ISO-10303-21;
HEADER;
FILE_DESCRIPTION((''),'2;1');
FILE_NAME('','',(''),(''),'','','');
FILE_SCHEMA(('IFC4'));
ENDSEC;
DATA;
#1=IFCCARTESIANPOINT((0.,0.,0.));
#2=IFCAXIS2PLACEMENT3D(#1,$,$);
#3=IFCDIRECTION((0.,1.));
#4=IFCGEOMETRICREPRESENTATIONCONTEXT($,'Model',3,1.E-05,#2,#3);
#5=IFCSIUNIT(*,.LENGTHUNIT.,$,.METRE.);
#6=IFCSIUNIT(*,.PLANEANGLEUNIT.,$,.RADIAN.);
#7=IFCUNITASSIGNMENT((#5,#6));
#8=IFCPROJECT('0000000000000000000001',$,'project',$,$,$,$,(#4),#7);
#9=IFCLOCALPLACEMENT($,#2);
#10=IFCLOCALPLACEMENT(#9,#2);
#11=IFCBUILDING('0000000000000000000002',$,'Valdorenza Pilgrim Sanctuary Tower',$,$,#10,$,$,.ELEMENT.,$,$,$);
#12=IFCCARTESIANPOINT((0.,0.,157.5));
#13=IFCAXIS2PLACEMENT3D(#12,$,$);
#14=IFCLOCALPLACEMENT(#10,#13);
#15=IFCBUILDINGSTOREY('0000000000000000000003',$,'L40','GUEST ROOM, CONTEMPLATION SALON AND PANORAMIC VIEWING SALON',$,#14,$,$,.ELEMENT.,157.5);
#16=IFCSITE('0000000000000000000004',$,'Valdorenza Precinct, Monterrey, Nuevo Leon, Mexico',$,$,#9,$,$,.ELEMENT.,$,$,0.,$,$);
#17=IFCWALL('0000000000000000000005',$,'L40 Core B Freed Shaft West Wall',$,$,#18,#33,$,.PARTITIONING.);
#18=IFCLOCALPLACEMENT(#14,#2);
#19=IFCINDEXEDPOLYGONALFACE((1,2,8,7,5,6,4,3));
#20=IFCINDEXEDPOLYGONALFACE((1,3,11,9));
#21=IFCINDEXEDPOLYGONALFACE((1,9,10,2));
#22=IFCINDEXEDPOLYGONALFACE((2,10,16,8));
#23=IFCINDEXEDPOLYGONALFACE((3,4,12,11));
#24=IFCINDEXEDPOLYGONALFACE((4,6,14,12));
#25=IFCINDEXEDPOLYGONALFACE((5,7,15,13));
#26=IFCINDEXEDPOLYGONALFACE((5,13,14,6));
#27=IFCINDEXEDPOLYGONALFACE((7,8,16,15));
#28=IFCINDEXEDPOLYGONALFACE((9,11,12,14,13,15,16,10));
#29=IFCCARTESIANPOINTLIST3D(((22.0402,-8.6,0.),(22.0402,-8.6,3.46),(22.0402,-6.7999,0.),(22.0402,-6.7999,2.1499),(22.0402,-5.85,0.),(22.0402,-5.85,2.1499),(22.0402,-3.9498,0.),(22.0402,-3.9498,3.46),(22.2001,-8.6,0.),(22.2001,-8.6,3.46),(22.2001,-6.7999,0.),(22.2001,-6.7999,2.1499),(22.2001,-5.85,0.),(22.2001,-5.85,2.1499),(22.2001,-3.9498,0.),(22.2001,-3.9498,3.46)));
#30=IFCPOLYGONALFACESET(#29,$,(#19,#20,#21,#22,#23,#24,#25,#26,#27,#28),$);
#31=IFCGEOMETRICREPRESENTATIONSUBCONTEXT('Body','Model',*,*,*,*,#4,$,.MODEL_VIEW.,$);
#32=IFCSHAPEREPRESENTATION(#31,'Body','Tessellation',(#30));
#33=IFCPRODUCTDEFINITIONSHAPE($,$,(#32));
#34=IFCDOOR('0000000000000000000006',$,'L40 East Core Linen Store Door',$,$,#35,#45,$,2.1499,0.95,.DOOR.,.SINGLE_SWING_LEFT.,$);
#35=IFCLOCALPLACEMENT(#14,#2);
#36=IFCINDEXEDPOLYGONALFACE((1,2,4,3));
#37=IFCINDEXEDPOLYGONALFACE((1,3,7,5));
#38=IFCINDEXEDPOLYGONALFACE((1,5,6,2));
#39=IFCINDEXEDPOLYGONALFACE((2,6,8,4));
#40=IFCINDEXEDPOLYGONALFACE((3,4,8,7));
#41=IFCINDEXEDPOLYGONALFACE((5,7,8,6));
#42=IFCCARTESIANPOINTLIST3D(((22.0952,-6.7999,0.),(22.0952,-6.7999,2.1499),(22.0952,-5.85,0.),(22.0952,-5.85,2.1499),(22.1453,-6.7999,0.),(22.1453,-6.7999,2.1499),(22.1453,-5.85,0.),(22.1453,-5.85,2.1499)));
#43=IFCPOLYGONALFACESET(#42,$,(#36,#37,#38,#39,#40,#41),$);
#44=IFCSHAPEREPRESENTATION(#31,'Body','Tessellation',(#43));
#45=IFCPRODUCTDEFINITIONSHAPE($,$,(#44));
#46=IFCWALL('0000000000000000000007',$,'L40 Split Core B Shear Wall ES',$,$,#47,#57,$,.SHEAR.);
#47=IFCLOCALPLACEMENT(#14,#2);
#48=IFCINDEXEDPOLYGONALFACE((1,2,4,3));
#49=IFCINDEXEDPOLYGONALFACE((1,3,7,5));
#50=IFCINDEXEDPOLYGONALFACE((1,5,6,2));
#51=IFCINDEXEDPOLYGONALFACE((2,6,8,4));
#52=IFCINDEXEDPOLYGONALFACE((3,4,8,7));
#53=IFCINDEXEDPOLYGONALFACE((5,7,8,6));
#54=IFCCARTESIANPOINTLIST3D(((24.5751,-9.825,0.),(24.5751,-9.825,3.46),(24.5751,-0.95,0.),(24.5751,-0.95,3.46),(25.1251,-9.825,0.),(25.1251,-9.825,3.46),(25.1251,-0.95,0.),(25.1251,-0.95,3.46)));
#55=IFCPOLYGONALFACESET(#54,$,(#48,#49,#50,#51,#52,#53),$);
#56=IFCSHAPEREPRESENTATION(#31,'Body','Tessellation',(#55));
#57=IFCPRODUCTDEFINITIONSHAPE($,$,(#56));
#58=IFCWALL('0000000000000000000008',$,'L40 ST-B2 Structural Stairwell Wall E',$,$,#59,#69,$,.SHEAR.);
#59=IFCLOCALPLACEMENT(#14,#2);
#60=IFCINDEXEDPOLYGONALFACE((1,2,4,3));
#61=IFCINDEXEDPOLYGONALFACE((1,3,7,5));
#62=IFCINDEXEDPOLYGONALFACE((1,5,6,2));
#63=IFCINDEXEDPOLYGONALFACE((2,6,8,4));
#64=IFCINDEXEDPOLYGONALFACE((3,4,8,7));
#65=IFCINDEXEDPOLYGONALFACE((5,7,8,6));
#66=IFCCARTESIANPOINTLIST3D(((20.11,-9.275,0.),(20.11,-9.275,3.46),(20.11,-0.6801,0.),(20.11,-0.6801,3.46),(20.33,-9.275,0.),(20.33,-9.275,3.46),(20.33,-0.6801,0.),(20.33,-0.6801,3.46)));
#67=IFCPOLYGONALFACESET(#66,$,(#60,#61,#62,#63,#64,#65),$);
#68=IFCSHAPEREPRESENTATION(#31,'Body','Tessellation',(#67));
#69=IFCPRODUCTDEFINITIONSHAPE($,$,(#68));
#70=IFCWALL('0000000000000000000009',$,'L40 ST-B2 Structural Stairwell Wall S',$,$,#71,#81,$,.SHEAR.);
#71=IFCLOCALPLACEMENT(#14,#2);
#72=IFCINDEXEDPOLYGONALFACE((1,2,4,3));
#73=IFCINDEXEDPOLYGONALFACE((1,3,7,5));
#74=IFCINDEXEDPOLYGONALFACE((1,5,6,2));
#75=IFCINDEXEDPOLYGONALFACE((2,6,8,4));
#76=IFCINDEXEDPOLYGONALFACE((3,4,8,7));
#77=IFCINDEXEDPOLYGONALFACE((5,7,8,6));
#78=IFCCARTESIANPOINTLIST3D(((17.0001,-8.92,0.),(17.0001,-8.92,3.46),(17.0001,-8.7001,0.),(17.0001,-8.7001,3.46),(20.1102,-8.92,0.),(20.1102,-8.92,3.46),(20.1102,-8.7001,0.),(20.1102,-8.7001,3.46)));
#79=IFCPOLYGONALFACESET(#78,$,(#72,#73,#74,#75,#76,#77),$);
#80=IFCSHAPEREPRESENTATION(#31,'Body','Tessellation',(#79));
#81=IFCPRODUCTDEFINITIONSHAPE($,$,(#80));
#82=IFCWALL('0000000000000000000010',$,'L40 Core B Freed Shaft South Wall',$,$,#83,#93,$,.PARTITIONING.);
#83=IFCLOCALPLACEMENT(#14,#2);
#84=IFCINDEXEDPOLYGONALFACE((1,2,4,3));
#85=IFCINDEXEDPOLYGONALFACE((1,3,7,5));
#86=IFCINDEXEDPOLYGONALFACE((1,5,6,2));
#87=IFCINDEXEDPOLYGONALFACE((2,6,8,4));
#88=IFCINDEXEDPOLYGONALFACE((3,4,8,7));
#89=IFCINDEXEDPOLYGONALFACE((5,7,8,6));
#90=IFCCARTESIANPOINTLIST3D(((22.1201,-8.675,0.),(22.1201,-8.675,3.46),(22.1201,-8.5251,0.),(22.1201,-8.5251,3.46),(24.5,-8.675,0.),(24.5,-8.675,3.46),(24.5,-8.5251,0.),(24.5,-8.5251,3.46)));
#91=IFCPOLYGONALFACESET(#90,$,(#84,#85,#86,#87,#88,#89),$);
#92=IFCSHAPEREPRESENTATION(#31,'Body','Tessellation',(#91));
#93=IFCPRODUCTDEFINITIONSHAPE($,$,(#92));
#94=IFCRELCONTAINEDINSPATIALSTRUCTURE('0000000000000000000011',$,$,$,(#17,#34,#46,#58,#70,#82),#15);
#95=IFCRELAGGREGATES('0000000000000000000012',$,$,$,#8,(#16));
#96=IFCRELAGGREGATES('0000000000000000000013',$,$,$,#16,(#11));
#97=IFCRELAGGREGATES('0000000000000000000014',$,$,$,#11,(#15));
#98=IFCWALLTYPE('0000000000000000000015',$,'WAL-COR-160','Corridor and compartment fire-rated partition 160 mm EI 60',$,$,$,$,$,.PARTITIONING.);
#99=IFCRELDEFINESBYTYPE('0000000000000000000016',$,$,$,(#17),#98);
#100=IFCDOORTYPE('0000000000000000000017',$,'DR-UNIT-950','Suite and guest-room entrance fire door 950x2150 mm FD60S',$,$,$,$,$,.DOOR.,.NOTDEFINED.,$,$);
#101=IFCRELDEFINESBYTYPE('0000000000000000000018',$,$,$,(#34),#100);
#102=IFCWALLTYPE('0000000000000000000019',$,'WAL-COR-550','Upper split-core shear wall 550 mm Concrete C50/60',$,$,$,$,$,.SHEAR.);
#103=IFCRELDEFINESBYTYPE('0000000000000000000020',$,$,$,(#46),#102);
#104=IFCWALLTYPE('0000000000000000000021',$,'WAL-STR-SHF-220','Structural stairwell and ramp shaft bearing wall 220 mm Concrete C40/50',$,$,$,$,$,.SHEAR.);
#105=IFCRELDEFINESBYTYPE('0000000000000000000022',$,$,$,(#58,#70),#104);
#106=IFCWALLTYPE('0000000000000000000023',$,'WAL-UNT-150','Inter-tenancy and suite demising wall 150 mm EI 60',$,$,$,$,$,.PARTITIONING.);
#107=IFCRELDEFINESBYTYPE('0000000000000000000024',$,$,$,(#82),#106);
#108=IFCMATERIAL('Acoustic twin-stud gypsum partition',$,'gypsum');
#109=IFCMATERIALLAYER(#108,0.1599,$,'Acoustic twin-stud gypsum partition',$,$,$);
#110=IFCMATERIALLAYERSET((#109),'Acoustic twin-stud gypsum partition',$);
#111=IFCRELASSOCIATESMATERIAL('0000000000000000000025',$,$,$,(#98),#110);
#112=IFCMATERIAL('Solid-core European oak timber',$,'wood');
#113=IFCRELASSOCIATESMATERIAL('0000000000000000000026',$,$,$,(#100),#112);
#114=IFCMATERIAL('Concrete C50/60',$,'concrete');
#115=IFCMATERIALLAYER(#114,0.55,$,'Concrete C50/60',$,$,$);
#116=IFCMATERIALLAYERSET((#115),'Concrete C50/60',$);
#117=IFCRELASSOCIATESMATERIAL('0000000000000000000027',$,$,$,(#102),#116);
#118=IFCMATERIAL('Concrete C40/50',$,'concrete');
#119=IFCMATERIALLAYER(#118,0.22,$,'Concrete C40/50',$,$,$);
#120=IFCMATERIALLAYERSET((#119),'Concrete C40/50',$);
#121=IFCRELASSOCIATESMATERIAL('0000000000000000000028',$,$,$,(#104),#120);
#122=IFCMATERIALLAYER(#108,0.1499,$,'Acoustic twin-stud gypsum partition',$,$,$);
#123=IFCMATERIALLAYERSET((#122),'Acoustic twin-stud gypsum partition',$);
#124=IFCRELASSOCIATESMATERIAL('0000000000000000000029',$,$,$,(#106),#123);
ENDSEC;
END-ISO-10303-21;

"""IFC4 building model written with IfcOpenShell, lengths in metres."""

from ifc_helpers import new_model, si_unit, direction, frame, frame_2d, origin, place, context, subcontext, project, spatial, rectangle, extrude, material, layer, layer_set, type_object, element, fill, save


model = new_model("IFC4")

# Units and contexts
model_context = context("Model", 3, precision=1e-05, world=origin(), true_north=direction((0.0, 1.0)))
body_context = subcontext(model_context, "Body", "Model", "MODEL_VIEW")
ifc_project = project(units=[si_unit("LENGTHUNIT", "METRE"), si_unit("PLANEANGLEUNIT", "RADIAN")], contexts=[model_context])

# Site, building, storey
site_placement = place(None, origin())
site = spatial("IfcSite", under=ifc_project, at=site_placement, Name="Valdorenza Precinct, Monterrey, Nuevo Leon, Mexico", CompositionType="ELEMENT", RefElevation=0.0)
building_placement = place(site_placement, origin())
building = spatial("IfcBuilding", under=site, at=building_placement, Name="Valdorenza Pilgrim Sanctuary Tower", CompositionType="ELEMENT")
storey_placement = place(building_placement, frame((0.0, 0.0, 157.5)))
storey = spatial("IfcBuildingStorey", under=building, at=storey_placement, Name="L40", Description="GUEST ROOM, CONTEMPLATION SALON AND PANORAMIC VIEWING SALON", CompositionType="ELEMENT", Elevation=157.5)

# Shared definitions
ifc_material_1 = material(Name="Acoustic twin-stud gypsum partition", Category="gypsum")
ifc_layer_1 = layer(ifc_material_1, 0.1599, Name="Acoustic twin-stud gypsum partition")
ifc_layer_set_1 = layer_set([ifc_layer_1], Name="Acoustic twin-stud gypsum partition")
wall_type_1 = type_object("IfcWallType", Name="WAL-COR-160", Description="Corridor and compartment fire-rated partition 160 mm EI 60", PredefinedType="PARTITIONING", material=ifc_layer_set_1)

# Wall, opening, door
wall_1_placement = place(storey_placement, frame((22.1201, -8.6001, 0.0), z_axis=(0.0, 0.0, 1.0), x_axis=(0.0, 1.0, 0.0)))
wall_1 = element("IfcWall", 1, at=wall_1_placement, inside=storey, type_object=wall_type_1, Name="L40 Core B Freed Shaft West Wall", PredefinedType="PARTITIONING", context=body_context, shape_type="SweptSolid", body=[
    extrude(rectangle(XDim=4.6501, YDim=0.1599, at=frame_2d((2.3252, 0.0))), origin(), (0.0, 0.0, 1.0), 3.46),
])
opening_placement = place(wall_1_placement, frame((1.8, 0.0, 0.0)))
opening = element("IfcOpeningElement", 2, at=opening_placement, cuts=wall_1, PredefinedType="OPENING", context=body_context, shape_type="SweptSolid", body=[
    extrude(rectangle(XDim=0.95, YDim=2.1499, at=frame_2d((0.4751, 1.075))), frame((0.0, 0.0947, 0.0), z_axis=(0.0, -1.0, 0.0), x_axis=(1.0, 0.0, 0.0)), (0.0, 0.0, 1.0), 0.1897),
])
ifc_material_2 = material(Name="Solid-core European oak timber", Category="wood")
door_type = type_object("IfcDoorType", Name="DR-UNIT-950", Description="Suite and guest-room entrance fire door 950x2150 mm FD60S", OperationType="NOTDEFINED", PredefinedType="DOOR", material=ifc_material_2)
door_placement = place(opening_placement, origin())
door = element("IfcDoor", 3, at=door_placement, inside=storey, type_object=door_type, Name="L40 East Core Linen Store Door", OperationType="SINGLE_SWING_LEFT", OverallHeight=2.1499, OverallWidth=0.95, PredefinedType="DOOR", context=body_context, shape_type="SweptSolid", body=[
    extrude(rectangle(XDim=0.95, YDim=2.1499, at=frame_2d((0.4751, 1.075))), frame((0.0, 0.0249, 0.0), z_axis=(0.0, -1.0, 0.0), x_axis=(1.0, 0.0, 0.0)), (0.0, 0.0, 1.0), 0.05),
])
fill(opening, door)

# Walls
ifc_material_3 = material(Name="Concrete C50/60", Category="concrete")
ifc_layer_2 = layer(ifc_material_3, 0.55, Name="Concrete C50/60")
ifc_layer_set_2 = layer_set([ifc_layer_2], Name="Concrete C50/60")
wall_type_2 = type_object("IfcWallType", Name="WAL-COR-550", Description="Upper split-core shear wall 550 mm Concrete C50/60", PredefinedType="SHEAR", material=ifc_layer_set_2)
wall_2_placement = place(storey_placement, frame((24.8501, -9.825, 0.0), z_axis=(0.0, 0.0, 1.0), x_axis=(0.0, 1.0, 0.0)))
element("IfcWall", 4, at=wall_2_placement, inside=storey, type_object=wall_type_2, Name="L40 Split Core B Shear Wall ES", PredefinedType="SHEAR", context=body_context, shape_type="SweptSolid", body=[
    extrude(rectangle(XDim=8.875, YDim=0.55, at=frame_2d((4.4375, 0.0))), origin(), (0.0, 0.0, 1.0), 3.46),
])
ifc_material_4 = material(Name="Concrete C40/50", Category="concrete")
ifc_layer_3 = layer(ifc_material_4, 0.22, Name="Concrete C40/50")
ifc_layer_set_3 = layer_set([ifc_layer_3], Name="Concrete C40/50")
wall_type_3 = type_object("IfcWallType", Name="WAL-STR-SHF-220", Description="Structural stairwell and ramp shaft bearing wall 220 mm Concrete C40/50", PredefinedType="SHEAR", material=ifc_layer_set_3)
wall_3_placement = place(storey_placement, frame((20.22, -9.2749, 0.0), z_axis=(0.0, 0.0, 1.0), x_axis=(0.0, 1.0, 0.0)))
element("IfcWall", 5, at=wall_3_placement, inside=storey, type_object=wall_type_3, Name="L40 ST-B2 Structural Stairwell Wall E", PredefinedType="SHEAR", context=body_context, shape_type="SweptSolid", body=[
    extrude(rectangle(XDim=8.595, YDim=0.22, at=frame_2d((4.2974, 0.0))), origin(), (0.0, 0.0, 1.0), 3.46),
])
wall_4_placement = place(storey_placement, frame((17.0, -8.8101, 0.0), z_axis=(0.0, 0.0, 1.0), x_axis=(1.0, 0.0, 0.0)))
element("IfcWall", 6, at=wall_4_placement, inside=storey, type_object=wall_type_3, Name="L40 ST-B2 Structural Stairwell Wall S", PredefinedType="SHEAR", context=body_context, shape_type="SweptSolid", body=[
    extrude(rectangle(XDim=3.1101, YDim=0.22, at=frame_2d((1.5552, 0.0))), origin(), (0.0, 0.0, 1.0), 3.46),
])
ifc_layer_4 = layer(ifc_material_1, 0.1499, Name="Acoustic twin-stud gypsum partition")
ifc_layer_set_4 = layer_set([ifc_layer_4], Name="Acoustic twin-stud gypsum partition")
wall_type_4 = type_object("IfcWallType", Name="WAL-UNT-150", Description="Inter-tenancy and suite demising wall 150 mm EI 60", PredefinedType="PARTITIONING", material=ifc_layer_set_4)
wall_5_placement = place(storey_placement, frame((22.1201, -8.6001, 0.0), z_axis=(0.0, 0.0, 1.0), x_axis=(1.0, 0.0, 0.0)))
element("IfcWall", 7, at=wall_5_placement, inside=storey, type_object=wall_type_4, Name="L40 Core B Freed Shaft South Wall", PredefinedType="PARTITIONING", context=body_context, shape_type="SweptSolid", body=[
    extrude(rectangle(XDim=2.3799, YDim=0.1499, at=frame_2d((1.1899, 0.0))), origin(), (0.0, 0.0, 1.0), 3.46),
])

save(model, "model.ifc")
